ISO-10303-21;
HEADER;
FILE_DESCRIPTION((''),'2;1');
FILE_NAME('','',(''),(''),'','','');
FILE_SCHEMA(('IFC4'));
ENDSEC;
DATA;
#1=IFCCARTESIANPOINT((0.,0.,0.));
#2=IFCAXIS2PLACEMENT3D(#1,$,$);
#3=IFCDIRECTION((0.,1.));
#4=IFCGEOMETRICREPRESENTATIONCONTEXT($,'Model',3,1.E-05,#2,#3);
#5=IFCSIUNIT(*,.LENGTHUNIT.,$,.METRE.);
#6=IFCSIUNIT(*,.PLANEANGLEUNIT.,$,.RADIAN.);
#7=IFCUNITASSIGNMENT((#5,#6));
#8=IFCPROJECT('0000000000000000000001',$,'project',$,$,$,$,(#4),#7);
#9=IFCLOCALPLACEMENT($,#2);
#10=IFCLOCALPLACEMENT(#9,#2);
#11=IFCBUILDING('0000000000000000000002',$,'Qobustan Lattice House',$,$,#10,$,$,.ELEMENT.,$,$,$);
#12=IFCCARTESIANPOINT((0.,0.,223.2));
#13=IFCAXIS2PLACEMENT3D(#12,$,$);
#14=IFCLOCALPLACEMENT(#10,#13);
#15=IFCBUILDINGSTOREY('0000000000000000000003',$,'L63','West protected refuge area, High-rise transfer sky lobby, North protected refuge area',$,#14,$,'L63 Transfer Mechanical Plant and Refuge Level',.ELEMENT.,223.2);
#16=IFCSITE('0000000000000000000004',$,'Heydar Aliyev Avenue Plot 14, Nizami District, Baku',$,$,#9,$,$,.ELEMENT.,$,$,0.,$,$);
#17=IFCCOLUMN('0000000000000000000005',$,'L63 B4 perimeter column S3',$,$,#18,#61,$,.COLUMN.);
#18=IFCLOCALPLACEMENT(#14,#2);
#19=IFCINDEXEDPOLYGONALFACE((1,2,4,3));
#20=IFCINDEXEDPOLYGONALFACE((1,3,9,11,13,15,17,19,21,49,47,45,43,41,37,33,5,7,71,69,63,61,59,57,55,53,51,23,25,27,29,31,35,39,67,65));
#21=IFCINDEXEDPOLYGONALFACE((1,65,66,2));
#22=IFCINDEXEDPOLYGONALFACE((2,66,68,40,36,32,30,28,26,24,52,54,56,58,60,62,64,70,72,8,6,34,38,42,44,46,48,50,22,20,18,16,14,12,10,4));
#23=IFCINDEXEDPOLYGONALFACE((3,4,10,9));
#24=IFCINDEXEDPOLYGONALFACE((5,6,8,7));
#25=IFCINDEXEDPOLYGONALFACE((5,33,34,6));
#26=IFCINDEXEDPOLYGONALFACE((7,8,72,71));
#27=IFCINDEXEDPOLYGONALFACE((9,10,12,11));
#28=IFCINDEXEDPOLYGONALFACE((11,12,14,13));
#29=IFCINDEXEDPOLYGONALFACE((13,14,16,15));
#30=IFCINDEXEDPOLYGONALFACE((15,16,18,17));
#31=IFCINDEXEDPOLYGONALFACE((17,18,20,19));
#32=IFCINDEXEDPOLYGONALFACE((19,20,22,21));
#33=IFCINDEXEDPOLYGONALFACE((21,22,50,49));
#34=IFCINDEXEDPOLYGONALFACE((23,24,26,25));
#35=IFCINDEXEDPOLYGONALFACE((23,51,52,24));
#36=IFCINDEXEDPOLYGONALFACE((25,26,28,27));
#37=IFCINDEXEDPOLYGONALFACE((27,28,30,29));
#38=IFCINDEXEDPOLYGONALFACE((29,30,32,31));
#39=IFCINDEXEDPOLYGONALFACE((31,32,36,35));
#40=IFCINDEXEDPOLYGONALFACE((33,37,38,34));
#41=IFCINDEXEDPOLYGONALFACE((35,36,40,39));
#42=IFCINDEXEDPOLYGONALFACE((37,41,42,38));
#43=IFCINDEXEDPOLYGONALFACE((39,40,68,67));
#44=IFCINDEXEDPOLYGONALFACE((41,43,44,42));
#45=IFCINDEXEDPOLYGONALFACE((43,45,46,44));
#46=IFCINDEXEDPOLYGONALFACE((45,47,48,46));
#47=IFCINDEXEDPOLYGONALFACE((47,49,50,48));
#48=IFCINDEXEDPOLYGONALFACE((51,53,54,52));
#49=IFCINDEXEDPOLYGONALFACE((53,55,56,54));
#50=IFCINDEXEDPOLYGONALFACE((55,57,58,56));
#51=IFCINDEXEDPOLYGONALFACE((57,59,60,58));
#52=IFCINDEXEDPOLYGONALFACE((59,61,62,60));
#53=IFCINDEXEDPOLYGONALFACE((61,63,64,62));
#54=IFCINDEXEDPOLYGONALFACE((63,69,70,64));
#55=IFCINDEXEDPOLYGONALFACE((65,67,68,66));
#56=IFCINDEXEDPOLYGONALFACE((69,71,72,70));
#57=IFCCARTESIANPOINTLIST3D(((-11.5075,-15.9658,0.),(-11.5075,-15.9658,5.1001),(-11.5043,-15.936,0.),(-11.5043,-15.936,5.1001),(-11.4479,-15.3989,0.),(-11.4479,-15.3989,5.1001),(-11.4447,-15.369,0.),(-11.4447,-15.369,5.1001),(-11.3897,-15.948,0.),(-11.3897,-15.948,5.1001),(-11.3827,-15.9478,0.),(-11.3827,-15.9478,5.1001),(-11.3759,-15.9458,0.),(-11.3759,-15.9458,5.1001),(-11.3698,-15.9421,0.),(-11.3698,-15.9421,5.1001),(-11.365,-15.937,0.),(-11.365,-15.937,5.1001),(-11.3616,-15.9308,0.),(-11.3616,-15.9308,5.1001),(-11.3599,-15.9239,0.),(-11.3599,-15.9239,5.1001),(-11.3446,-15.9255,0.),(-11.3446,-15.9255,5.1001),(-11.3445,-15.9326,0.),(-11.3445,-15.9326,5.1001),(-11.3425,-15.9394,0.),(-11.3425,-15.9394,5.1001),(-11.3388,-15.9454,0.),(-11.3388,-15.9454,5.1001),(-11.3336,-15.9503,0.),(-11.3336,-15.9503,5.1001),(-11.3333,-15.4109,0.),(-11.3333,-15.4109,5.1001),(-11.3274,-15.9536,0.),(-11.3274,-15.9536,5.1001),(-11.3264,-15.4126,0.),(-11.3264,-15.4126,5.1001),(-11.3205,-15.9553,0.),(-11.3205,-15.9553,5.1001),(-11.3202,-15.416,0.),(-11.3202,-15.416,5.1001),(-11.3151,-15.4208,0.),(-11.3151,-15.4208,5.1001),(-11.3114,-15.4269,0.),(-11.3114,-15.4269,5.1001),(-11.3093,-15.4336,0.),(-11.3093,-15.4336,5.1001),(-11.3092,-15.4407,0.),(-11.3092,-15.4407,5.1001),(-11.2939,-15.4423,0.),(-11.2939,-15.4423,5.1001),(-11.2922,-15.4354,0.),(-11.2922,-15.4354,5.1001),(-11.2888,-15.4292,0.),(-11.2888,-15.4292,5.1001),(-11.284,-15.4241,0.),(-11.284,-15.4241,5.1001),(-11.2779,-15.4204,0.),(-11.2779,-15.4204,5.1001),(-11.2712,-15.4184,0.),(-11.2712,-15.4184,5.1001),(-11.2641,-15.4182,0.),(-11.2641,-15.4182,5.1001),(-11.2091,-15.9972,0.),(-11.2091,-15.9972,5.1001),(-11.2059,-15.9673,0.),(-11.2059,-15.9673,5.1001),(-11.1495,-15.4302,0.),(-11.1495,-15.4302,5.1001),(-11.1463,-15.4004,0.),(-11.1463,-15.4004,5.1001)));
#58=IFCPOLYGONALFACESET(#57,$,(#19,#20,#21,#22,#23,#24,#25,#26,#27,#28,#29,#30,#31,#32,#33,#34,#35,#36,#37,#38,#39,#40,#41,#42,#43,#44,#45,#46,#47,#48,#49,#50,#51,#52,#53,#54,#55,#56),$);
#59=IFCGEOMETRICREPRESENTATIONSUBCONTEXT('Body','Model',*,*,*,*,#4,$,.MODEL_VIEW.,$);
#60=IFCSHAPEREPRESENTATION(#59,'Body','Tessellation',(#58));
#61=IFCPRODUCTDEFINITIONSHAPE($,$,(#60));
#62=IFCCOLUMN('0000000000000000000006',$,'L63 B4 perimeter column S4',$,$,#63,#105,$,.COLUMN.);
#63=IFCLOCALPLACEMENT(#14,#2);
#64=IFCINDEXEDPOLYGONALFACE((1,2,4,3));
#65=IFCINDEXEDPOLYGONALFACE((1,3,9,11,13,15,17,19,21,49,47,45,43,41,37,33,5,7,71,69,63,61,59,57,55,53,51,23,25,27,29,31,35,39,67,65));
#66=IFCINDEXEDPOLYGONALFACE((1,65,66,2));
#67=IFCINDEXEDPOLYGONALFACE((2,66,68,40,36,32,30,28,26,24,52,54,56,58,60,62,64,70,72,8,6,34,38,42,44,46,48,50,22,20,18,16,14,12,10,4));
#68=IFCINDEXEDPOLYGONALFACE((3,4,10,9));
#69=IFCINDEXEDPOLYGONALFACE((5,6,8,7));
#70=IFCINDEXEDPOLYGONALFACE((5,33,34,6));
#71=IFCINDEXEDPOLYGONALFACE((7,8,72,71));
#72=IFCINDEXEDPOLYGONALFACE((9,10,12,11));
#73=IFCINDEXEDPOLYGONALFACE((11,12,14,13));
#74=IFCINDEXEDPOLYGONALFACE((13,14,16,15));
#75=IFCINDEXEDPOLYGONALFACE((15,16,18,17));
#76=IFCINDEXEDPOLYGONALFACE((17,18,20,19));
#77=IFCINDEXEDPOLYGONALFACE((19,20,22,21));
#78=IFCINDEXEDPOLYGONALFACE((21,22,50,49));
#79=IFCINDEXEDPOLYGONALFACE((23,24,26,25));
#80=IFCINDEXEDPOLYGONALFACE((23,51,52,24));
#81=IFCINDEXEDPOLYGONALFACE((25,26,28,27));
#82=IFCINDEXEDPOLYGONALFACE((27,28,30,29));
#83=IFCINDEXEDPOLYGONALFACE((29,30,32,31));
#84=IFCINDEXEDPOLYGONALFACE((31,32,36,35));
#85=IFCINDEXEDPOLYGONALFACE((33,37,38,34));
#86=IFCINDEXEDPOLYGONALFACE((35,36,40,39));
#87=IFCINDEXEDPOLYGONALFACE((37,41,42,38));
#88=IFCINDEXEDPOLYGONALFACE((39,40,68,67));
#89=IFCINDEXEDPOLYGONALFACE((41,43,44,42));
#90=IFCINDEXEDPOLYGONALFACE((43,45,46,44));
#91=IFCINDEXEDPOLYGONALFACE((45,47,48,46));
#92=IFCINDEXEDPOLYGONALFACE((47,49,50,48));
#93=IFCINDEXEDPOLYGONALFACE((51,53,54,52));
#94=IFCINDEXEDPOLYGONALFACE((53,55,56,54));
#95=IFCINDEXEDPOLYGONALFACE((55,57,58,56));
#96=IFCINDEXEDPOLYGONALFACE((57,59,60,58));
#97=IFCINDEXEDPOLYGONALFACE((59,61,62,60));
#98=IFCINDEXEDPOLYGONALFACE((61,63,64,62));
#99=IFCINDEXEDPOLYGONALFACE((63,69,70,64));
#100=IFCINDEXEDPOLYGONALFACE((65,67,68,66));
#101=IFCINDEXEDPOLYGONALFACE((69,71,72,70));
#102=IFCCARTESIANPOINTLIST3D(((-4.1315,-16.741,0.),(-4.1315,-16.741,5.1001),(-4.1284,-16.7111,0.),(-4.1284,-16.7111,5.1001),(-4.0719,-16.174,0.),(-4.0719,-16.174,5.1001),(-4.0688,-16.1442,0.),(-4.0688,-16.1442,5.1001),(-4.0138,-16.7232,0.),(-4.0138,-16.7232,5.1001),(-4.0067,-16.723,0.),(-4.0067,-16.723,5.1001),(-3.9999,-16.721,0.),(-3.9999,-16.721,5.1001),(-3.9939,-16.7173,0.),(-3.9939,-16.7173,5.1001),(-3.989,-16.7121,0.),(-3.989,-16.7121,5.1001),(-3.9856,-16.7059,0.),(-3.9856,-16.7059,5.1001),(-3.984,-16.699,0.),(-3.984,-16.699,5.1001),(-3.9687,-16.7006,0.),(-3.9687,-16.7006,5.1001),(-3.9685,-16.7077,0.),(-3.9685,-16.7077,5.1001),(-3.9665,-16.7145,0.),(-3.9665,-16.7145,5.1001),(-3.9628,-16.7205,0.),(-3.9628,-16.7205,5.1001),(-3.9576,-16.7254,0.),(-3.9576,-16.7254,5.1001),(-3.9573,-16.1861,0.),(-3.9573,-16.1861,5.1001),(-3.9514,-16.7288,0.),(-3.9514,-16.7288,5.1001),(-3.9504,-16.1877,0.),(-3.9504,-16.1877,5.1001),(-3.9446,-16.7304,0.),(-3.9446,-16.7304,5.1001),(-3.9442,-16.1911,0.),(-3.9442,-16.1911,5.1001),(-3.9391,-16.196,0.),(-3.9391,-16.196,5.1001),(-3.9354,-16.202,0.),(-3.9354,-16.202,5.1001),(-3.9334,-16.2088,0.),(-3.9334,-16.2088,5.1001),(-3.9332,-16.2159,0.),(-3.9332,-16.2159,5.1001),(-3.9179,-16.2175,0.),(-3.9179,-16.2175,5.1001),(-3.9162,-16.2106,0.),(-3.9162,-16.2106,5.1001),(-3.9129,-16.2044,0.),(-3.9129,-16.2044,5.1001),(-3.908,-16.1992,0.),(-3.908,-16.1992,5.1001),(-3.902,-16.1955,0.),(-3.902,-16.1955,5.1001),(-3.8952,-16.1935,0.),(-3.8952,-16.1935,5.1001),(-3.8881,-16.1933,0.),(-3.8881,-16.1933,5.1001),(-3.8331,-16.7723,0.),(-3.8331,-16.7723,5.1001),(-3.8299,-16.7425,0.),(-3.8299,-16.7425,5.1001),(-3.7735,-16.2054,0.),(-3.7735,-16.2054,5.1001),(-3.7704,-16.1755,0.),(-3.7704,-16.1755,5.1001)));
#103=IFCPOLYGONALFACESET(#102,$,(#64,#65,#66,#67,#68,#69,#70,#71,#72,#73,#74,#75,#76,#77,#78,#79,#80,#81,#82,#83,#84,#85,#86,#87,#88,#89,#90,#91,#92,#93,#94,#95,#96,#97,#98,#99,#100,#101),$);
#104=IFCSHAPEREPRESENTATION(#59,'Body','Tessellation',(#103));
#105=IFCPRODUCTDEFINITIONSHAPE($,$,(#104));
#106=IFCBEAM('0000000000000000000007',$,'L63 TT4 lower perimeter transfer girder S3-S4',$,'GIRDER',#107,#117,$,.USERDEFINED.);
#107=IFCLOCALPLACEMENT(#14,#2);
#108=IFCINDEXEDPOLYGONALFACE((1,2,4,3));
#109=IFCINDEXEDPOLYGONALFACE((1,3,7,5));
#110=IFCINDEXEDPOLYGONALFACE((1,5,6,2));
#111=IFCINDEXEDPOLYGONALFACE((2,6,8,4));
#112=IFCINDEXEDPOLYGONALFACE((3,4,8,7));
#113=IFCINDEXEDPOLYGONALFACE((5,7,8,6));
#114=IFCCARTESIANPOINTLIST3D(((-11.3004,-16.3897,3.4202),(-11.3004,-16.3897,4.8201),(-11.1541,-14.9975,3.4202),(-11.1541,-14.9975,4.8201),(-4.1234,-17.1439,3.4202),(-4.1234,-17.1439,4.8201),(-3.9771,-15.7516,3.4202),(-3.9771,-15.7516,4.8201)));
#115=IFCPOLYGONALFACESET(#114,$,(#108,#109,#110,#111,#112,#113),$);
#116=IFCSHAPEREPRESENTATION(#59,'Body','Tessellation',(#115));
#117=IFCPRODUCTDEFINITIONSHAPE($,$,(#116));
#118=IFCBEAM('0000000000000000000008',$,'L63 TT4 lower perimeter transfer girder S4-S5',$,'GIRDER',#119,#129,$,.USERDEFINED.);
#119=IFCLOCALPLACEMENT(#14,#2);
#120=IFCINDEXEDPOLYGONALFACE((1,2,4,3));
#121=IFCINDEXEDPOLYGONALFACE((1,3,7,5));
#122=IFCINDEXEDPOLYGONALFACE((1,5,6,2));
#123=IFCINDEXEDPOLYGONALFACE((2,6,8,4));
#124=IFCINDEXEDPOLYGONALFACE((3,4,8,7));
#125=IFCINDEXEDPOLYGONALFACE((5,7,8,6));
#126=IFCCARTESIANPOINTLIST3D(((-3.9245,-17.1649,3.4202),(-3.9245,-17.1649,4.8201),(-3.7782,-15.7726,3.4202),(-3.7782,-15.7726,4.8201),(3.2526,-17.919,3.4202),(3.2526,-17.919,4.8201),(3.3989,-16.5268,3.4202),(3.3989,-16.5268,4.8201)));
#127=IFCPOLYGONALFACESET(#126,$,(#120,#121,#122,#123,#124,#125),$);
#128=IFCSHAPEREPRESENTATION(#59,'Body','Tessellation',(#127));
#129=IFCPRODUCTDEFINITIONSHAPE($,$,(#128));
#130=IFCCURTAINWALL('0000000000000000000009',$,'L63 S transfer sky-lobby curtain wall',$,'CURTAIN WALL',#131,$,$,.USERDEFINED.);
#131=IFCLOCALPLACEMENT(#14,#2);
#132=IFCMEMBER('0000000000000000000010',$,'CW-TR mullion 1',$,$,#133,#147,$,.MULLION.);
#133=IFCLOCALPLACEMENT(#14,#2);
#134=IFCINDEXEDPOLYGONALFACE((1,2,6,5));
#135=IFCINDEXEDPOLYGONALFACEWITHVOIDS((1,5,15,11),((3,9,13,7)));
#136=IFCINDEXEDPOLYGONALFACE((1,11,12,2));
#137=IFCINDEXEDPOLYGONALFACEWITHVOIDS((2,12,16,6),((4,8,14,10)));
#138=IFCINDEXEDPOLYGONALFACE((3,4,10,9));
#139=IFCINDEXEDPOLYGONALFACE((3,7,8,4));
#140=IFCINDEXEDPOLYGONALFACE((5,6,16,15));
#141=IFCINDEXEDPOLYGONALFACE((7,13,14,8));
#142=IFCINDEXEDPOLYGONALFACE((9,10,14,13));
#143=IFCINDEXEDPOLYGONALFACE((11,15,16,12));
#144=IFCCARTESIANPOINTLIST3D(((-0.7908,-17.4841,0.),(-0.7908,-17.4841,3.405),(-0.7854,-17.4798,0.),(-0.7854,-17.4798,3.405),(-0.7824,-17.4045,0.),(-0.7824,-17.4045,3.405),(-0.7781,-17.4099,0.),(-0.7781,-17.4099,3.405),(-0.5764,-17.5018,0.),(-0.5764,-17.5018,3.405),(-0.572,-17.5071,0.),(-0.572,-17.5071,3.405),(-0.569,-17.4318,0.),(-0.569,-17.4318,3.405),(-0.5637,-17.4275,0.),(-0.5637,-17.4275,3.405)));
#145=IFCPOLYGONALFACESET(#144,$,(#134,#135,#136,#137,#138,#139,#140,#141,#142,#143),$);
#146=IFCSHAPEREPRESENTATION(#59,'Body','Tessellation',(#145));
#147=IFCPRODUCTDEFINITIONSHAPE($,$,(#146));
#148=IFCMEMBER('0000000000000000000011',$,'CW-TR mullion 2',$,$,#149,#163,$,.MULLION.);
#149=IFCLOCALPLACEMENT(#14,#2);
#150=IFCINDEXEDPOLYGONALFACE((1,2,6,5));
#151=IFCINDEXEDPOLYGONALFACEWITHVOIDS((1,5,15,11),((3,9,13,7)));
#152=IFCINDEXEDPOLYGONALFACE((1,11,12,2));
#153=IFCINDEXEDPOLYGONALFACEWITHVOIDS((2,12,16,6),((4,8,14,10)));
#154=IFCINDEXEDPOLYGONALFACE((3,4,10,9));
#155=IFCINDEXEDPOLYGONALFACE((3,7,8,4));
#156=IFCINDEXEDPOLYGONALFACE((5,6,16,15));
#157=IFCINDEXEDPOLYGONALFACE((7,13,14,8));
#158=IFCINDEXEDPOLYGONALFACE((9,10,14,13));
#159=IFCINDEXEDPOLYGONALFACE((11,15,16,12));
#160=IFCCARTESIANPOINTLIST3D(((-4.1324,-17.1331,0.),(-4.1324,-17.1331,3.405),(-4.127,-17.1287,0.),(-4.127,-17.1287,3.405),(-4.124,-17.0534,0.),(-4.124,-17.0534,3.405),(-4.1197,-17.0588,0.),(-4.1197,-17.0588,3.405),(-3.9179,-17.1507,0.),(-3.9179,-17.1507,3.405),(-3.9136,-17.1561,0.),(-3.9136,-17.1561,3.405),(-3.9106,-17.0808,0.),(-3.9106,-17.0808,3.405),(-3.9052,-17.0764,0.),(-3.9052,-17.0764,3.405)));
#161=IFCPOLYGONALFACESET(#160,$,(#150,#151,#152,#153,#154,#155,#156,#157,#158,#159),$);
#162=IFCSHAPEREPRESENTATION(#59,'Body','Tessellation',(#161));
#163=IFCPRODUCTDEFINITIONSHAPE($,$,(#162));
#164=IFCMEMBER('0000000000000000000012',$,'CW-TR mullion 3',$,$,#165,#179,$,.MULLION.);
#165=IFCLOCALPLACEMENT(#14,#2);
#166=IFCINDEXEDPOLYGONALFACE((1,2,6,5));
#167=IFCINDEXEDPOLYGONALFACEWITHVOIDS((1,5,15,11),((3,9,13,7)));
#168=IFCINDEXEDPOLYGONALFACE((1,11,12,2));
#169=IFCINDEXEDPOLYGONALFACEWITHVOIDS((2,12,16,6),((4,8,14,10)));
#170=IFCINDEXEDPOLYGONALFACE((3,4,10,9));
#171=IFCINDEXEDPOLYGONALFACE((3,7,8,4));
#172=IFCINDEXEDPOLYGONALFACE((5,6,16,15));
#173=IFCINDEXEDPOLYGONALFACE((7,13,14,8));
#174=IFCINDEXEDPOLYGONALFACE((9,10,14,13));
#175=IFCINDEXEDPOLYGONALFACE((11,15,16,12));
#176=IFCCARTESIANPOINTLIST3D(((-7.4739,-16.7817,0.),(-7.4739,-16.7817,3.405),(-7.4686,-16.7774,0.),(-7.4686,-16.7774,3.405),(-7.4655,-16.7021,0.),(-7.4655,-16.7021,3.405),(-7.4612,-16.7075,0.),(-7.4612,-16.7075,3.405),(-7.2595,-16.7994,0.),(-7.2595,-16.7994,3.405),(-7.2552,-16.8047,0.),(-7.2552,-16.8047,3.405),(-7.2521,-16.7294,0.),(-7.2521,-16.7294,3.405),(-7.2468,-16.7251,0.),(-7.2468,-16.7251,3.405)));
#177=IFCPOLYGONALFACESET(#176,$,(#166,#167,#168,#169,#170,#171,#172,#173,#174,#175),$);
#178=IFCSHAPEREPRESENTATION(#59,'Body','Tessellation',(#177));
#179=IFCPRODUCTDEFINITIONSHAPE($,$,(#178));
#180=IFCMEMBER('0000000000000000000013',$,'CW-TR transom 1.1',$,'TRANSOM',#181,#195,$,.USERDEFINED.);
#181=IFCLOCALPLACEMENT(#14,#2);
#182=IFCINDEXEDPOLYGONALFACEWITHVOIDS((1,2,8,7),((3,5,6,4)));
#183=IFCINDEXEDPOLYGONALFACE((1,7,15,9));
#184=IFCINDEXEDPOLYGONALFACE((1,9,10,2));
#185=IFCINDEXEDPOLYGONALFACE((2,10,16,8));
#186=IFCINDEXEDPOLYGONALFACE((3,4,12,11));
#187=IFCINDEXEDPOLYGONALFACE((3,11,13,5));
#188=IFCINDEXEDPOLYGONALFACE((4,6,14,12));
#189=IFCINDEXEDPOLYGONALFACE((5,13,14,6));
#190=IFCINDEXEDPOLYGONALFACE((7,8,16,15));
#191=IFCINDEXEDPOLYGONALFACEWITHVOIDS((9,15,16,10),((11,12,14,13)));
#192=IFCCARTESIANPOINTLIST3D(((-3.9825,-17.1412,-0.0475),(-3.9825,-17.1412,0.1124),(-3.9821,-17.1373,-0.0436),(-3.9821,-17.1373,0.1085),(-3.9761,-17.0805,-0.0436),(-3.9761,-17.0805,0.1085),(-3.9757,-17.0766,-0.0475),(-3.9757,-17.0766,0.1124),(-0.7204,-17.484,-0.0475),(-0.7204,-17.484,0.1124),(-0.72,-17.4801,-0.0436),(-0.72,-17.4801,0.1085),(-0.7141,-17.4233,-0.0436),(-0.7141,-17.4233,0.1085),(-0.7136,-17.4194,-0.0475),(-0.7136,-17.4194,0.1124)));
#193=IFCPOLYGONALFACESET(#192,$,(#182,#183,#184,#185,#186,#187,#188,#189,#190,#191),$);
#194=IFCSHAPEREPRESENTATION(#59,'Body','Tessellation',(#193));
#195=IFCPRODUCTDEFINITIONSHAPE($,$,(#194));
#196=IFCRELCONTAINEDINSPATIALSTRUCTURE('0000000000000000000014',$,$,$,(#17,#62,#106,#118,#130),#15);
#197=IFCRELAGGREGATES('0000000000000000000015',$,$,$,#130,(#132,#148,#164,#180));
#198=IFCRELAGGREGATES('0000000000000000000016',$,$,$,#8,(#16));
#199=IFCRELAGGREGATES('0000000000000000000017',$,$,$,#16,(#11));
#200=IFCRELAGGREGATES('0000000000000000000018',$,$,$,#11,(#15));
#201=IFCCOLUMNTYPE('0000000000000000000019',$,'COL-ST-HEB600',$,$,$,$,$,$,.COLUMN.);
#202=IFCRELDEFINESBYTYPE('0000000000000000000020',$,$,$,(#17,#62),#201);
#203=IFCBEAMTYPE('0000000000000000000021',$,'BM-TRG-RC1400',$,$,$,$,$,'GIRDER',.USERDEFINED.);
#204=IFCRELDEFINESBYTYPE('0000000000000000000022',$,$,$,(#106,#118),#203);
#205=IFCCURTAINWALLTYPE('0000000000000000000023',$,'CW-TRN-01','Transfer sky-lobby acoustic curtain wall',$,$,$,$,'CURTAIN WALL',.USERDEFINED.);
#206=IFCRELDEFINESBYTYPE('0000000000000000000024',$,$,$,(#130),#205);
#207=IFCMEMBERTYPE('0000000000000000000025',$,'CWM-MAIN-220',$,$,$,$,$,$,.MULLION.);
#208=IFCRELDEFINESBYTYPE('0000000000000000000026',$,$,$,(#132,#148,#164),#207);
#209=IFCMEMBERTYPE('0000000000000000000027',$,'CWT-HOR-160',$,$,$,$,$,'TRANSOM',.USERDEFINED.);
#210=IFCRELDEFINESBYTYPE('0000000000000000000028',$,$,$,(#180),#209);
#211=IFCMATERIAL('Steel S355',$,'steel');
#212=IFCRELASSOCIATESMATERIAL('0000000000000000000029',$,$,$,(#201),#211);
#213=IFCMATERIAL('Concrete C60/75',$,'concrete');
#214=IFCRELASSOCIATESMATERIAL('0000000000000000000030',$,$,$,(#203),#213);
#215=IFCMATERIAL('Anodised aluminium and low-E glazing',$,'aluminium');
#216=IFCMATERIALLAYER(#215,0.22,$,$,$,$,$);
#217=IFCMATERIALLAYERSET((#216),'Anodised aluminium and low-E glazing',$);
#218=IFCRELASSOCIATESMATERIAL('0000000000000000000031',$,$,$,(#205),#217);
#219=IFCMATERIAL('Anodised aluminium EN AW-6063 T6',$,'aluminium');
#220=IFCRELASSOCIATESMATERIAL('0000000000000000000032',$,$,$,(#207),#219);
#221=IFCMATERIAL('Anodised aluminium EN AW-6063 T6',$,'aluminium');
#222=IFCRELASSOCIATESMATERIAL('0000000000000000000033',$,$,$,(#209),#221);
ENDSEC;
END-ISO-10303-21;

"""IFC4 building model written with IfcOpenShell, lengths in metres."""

from ifc_helpers import new_model, si_unit, direction, frame, origin, origin_2d, place, context, subcontext, project, spatial, rectangle, hollow_rectangle, i_section, extrude, material, layer, layer_set, material_profile, profile_set, type_object, element, aggregate, save


model = new_model("IFC4")

# Units and contexts
model_context = context("Model", 3, precision=1e-05, world=origin(), true_north=direction((0.0, 1.0)))
body_context = subcontext(model_context, "Body", "Model", "MODEL_VIEW")
ifc_project = project(units=[si_unit("LENGTHUNIT", "METRE"), si_unit("PLANEANGLEUNIT", "RADIAN")], contexts=[model_context])

# Site, building, storey
site_placement = place(None, origin())
site = spatial("IfcSite", under=ifc_project, at=site_placement, Name="Heydar Aliyev Avenue Plot 14, Nizami District, Baku", CompositionType="ELEMENT", RefElevation=0.0)
building_placement = place(site_placement, origin())
building = spatial("IfcBuilding", under=site, at=building_placement, Name="Qobustan Lattice House", CompositionType="ELEMENT")
storey_placement = place(building_placement, frame((0.0, 0.0, 223.2)))
storey = spatial("IfcBuildingStorey", under=building, at=storey_placement, Name="L63", Description="West protected refuge area, High-rise transfer sky lobby, North protected refuge area", LongName="L63 Transfer Mechanical Plant and Refuge Level", CompositionType="ELEMENT", Elevation=223.2)

# Columns
ifc_material_1 = material(Name="Steel S355", Category="steel")
ifc_material_profile_1 = material_profile(ifc_material_1, i_section(OverallWidth=0.3, OverallDepth=0.6001, WebThickness=0.0154, FlangeThickness=0.03, FilletRadius=0.0271, at=origin_2d()), Name="HEB600")
ifc_profile_set_1 = profile_set([ifc_material_profile_1], Name="Steel S355")
column_type = type_object("IfcColumnType", Name="COL-ST-HEB600", PredefinedType="COLUMN", material=ifc_profile_set_1)
for number, where, z_axis, x_axis, name in (
    (1, (-11.3269, -15.6831, 0.0), (0.0, 0.0, 1.0), (0.994522, -0.104528, 0.0), "L63 B4 perimeter column S3"),
    (2, (-3.9509, -16.4583, 0.0), (0.0, 0.0, 1.0), (0.994522, -0.104528, 0.0), "L63 B4 perimeter column S4"),
):
    element("IfcColumn", number, at=place(storey_placement, frame(where, z_axis=z_axis, x_axis=x_axis)), inside=storey, type_object=column_type, Name=name, PredefinedType="COLUMN", context=body_context, shape_type="SweptSolid", body=[
        extrude(i_section(OverallWidth=0.3, OverallDepth=0.6001, WebThickness=0.0154, FlangeThickness=0.03, FilletRadius=0.0271, at=origin_2d()), origin(), (0.0, 0.0, 1.0), 5.1001),
    ])

# Beams
ifc_material_2 = material(Name="Concrete C60/75", Category="concrete")
ifc_material_profile_2 = material_profile(ifc_material_2, rectangle(XDim=1.3999, YDim=1.3999, at=origin_2d()), Name="RC1400x1400")
ifc_profile_set_2 = profile_set([ifc_material_profile_2], Name="Concrete C60/75")
beam_type = type_object("IfcBeamType", Name="BM-TRG-RC1400", ElementType="GIRDER", PredefinedType="USERDEFINED", material=ifc_profile_set_2)
for number, where, z_axis, x_axis, name in (
    (3, (-11.2273, -15.6936, 4.1201), (0.994525, -0.104503, 0.0), (0.104503, 0.994525, 0.0), "L63 TT4 lower perimeter transfer girder S3-S4"),
    (4, (-3.8513, -16.4688, 4.1201), (0.994525, -0.104503, 0.0), (0.104503, 0.994525, 0.0), "L63 TT4 lower perimeter transfer girder S4-S5"),
):
    element("IfcBeam", number, at=place(storey_placement, frame(where, z_axis=z_axis, x_axis=x_axis)), inside=storey, type_object=beam_type, Name=name, ObjectType="GIRDER", PredefinedType="USERDEFINED", context=body_context, shape_type="SweptSolid", body=[
        extrude(rectangle(XDim=1.3999, YDim=1.3999, at=origin_2d()), origin(), (0.0, 0.0, 1.0), 7.2166),
    ])

# Curtain wall, members
ifc_material_3 = material(Name="Anodised aluminium and low-E glazing", Category="aluminium")
ifc_layer_1 = layer(ifc_material_3, 0.22)
ifc_layer_set_1 = layer_set([ifc_layer_1], Name="Anodised aluminium and low-E glazing")
curtain_wall_type = type_object("IfcCurtainWallType", Name="CW-TRN-01", Description="Transfer sky-lobby acoustic curtain wall", ElementType="CURTAIN WALL", PredefinedType="USERDEFINED", material=ifc_layer_set_1)
curtain_wall_placement = place(storey_placement, origin())
curtain_wall = element("IfcCurtainWall", 5, at=curtain_wall_placement, inside=storey, type_object=curtain_wall_type, Name="L63 S transfer sky-lobby curtain wall", ObjectType="CURTAIN WALL", PredefinedType="USERDEFINED")
ifc_material_4 = material(Name="Anodised aluminium EN AW-6063 T6", Category="aluminium")
ifc_material_profile_3 = material_profile(ifc_material_4, hollow_rectangle(XDim=0.0801, YDim=0.22, WallThickness=0.0049, at=origin_2d()), Name="CWM-220x80")
ifc_profile_set_3 = profile_set([ifc_material_profile_3], Name="Anodised aluminium EN AW-6063 T6")
member_type_1 = type_object("IfcMemberType", Name="CWM-MAIN-220", PredefinedType="MULLION", material=ifc_profile_set_3)
member_1_placement = place(storey_placement, frame((-0.6772, -17.4558, 0.0), z_axis=(0.0, 0.0, 1.0), x_axis=(-0.104529, -0.994522, 0.0)))
member_1 = element("IfcMember", 6, at=member_1_placement, type_object=member_type_1, Name="CW-TR mullion 1", PredefinedType="MULLION", context=body_context, shape_type="SweptSolid", body=[
    extrude(hollow_rectangle(XDim=0.0801, YDim=0.22, WallThickness=0.0049, at=origin_2d()), origin(), (0.0, 0.0, 1.0), 3.405),
])
member_2_placement = place(storey_placement, frame((-4.0188, -17.1047, 0.0), z_axis=(0.0, 0.0, 1.0), x_axis=(-0.104529, -0.994522, 0.0)))
member_2 = element("IfcMember", 7, at=member_2_placement, type_object=member_type_1, Name="CW-TR mullion 2", PredefinedType="MULLION", context=body_context, shape_type="SweptSolid", body=[
    extrude(hollow_rectangle(XDim=0.0801, YDim=0.22, WallThickness=0.0049, at=origin_2d()), origin(), (0.0, 0.0, 1.0), 3.405),
])
member_3_placement = place(storey_placement, frame((-7.3604, -16.7534, 0.0), z_axis=(0.0, 0.0, 1.0), x_axis=(-0.104529, -0.994522, 0.0)))
member_3 = element("IfcMember", 8, at=member_3_placement, type_object=member_type_1, Name="CW-TR mullion 3", PredefinedType="MULLION", context=body_context, shape_type="SweptSolid", body=[
    extrude(hollow_rectangle(XDim=0.0801, YDim=0.22, WallThickness=0.0049, at=origin_2d()), origin(), (0.0, 0.0, 1.0), 3.405),
])
ifc_material_5 = material(Name="Anodised aluminium EN AW-6063 T6", Category="aluminium")
ifc_material_profile_4 = material_profile(ifc_material_5, hollow_rectangle(XDim=0.0649, YDim=0.1599, WallThickness=0.0039, at=origin_2d()), Name="CWT-160x65")
ifc_profile_set_4 = profile_set([ifc_material_profile_4], Name="Anodised aluminium EN AW-6063 T6")
member_type_2 = type_object("IfcMemberType", Name="CWT-HOR-160", ElementType="TRANSOM", PredefinedType="USERDEFINED", material=ifc_profile_set_4)
member_4_placement = place(storey_placement, frame((-0.717, -17.4517, 0.0325), z_axis=(-0.994524, 0.104507, 0.0), x_axis=(-0.104507, -0.994524, 0.0)))
member_4 = element("IfcMember", 9, at=member_4_placement, type_object=member_type_2, Name="CW-TR transom 1.1", ObjectType="TRANSOM", PredefinedType="USERDEFINED", context=body_context, shape_type="SweptSolid", body=[
    extrude(hollow_rectangle(XDim=0.0649, YDim=0.1599, WallThickness=0.0039, at=origin_2d()), origin(), (0.0, 0.0, 1.0), 3.28),
])

aggregate(curtain_wall, [member_1, member_2, member_3, member_4])

save(model, "model.ifc")
